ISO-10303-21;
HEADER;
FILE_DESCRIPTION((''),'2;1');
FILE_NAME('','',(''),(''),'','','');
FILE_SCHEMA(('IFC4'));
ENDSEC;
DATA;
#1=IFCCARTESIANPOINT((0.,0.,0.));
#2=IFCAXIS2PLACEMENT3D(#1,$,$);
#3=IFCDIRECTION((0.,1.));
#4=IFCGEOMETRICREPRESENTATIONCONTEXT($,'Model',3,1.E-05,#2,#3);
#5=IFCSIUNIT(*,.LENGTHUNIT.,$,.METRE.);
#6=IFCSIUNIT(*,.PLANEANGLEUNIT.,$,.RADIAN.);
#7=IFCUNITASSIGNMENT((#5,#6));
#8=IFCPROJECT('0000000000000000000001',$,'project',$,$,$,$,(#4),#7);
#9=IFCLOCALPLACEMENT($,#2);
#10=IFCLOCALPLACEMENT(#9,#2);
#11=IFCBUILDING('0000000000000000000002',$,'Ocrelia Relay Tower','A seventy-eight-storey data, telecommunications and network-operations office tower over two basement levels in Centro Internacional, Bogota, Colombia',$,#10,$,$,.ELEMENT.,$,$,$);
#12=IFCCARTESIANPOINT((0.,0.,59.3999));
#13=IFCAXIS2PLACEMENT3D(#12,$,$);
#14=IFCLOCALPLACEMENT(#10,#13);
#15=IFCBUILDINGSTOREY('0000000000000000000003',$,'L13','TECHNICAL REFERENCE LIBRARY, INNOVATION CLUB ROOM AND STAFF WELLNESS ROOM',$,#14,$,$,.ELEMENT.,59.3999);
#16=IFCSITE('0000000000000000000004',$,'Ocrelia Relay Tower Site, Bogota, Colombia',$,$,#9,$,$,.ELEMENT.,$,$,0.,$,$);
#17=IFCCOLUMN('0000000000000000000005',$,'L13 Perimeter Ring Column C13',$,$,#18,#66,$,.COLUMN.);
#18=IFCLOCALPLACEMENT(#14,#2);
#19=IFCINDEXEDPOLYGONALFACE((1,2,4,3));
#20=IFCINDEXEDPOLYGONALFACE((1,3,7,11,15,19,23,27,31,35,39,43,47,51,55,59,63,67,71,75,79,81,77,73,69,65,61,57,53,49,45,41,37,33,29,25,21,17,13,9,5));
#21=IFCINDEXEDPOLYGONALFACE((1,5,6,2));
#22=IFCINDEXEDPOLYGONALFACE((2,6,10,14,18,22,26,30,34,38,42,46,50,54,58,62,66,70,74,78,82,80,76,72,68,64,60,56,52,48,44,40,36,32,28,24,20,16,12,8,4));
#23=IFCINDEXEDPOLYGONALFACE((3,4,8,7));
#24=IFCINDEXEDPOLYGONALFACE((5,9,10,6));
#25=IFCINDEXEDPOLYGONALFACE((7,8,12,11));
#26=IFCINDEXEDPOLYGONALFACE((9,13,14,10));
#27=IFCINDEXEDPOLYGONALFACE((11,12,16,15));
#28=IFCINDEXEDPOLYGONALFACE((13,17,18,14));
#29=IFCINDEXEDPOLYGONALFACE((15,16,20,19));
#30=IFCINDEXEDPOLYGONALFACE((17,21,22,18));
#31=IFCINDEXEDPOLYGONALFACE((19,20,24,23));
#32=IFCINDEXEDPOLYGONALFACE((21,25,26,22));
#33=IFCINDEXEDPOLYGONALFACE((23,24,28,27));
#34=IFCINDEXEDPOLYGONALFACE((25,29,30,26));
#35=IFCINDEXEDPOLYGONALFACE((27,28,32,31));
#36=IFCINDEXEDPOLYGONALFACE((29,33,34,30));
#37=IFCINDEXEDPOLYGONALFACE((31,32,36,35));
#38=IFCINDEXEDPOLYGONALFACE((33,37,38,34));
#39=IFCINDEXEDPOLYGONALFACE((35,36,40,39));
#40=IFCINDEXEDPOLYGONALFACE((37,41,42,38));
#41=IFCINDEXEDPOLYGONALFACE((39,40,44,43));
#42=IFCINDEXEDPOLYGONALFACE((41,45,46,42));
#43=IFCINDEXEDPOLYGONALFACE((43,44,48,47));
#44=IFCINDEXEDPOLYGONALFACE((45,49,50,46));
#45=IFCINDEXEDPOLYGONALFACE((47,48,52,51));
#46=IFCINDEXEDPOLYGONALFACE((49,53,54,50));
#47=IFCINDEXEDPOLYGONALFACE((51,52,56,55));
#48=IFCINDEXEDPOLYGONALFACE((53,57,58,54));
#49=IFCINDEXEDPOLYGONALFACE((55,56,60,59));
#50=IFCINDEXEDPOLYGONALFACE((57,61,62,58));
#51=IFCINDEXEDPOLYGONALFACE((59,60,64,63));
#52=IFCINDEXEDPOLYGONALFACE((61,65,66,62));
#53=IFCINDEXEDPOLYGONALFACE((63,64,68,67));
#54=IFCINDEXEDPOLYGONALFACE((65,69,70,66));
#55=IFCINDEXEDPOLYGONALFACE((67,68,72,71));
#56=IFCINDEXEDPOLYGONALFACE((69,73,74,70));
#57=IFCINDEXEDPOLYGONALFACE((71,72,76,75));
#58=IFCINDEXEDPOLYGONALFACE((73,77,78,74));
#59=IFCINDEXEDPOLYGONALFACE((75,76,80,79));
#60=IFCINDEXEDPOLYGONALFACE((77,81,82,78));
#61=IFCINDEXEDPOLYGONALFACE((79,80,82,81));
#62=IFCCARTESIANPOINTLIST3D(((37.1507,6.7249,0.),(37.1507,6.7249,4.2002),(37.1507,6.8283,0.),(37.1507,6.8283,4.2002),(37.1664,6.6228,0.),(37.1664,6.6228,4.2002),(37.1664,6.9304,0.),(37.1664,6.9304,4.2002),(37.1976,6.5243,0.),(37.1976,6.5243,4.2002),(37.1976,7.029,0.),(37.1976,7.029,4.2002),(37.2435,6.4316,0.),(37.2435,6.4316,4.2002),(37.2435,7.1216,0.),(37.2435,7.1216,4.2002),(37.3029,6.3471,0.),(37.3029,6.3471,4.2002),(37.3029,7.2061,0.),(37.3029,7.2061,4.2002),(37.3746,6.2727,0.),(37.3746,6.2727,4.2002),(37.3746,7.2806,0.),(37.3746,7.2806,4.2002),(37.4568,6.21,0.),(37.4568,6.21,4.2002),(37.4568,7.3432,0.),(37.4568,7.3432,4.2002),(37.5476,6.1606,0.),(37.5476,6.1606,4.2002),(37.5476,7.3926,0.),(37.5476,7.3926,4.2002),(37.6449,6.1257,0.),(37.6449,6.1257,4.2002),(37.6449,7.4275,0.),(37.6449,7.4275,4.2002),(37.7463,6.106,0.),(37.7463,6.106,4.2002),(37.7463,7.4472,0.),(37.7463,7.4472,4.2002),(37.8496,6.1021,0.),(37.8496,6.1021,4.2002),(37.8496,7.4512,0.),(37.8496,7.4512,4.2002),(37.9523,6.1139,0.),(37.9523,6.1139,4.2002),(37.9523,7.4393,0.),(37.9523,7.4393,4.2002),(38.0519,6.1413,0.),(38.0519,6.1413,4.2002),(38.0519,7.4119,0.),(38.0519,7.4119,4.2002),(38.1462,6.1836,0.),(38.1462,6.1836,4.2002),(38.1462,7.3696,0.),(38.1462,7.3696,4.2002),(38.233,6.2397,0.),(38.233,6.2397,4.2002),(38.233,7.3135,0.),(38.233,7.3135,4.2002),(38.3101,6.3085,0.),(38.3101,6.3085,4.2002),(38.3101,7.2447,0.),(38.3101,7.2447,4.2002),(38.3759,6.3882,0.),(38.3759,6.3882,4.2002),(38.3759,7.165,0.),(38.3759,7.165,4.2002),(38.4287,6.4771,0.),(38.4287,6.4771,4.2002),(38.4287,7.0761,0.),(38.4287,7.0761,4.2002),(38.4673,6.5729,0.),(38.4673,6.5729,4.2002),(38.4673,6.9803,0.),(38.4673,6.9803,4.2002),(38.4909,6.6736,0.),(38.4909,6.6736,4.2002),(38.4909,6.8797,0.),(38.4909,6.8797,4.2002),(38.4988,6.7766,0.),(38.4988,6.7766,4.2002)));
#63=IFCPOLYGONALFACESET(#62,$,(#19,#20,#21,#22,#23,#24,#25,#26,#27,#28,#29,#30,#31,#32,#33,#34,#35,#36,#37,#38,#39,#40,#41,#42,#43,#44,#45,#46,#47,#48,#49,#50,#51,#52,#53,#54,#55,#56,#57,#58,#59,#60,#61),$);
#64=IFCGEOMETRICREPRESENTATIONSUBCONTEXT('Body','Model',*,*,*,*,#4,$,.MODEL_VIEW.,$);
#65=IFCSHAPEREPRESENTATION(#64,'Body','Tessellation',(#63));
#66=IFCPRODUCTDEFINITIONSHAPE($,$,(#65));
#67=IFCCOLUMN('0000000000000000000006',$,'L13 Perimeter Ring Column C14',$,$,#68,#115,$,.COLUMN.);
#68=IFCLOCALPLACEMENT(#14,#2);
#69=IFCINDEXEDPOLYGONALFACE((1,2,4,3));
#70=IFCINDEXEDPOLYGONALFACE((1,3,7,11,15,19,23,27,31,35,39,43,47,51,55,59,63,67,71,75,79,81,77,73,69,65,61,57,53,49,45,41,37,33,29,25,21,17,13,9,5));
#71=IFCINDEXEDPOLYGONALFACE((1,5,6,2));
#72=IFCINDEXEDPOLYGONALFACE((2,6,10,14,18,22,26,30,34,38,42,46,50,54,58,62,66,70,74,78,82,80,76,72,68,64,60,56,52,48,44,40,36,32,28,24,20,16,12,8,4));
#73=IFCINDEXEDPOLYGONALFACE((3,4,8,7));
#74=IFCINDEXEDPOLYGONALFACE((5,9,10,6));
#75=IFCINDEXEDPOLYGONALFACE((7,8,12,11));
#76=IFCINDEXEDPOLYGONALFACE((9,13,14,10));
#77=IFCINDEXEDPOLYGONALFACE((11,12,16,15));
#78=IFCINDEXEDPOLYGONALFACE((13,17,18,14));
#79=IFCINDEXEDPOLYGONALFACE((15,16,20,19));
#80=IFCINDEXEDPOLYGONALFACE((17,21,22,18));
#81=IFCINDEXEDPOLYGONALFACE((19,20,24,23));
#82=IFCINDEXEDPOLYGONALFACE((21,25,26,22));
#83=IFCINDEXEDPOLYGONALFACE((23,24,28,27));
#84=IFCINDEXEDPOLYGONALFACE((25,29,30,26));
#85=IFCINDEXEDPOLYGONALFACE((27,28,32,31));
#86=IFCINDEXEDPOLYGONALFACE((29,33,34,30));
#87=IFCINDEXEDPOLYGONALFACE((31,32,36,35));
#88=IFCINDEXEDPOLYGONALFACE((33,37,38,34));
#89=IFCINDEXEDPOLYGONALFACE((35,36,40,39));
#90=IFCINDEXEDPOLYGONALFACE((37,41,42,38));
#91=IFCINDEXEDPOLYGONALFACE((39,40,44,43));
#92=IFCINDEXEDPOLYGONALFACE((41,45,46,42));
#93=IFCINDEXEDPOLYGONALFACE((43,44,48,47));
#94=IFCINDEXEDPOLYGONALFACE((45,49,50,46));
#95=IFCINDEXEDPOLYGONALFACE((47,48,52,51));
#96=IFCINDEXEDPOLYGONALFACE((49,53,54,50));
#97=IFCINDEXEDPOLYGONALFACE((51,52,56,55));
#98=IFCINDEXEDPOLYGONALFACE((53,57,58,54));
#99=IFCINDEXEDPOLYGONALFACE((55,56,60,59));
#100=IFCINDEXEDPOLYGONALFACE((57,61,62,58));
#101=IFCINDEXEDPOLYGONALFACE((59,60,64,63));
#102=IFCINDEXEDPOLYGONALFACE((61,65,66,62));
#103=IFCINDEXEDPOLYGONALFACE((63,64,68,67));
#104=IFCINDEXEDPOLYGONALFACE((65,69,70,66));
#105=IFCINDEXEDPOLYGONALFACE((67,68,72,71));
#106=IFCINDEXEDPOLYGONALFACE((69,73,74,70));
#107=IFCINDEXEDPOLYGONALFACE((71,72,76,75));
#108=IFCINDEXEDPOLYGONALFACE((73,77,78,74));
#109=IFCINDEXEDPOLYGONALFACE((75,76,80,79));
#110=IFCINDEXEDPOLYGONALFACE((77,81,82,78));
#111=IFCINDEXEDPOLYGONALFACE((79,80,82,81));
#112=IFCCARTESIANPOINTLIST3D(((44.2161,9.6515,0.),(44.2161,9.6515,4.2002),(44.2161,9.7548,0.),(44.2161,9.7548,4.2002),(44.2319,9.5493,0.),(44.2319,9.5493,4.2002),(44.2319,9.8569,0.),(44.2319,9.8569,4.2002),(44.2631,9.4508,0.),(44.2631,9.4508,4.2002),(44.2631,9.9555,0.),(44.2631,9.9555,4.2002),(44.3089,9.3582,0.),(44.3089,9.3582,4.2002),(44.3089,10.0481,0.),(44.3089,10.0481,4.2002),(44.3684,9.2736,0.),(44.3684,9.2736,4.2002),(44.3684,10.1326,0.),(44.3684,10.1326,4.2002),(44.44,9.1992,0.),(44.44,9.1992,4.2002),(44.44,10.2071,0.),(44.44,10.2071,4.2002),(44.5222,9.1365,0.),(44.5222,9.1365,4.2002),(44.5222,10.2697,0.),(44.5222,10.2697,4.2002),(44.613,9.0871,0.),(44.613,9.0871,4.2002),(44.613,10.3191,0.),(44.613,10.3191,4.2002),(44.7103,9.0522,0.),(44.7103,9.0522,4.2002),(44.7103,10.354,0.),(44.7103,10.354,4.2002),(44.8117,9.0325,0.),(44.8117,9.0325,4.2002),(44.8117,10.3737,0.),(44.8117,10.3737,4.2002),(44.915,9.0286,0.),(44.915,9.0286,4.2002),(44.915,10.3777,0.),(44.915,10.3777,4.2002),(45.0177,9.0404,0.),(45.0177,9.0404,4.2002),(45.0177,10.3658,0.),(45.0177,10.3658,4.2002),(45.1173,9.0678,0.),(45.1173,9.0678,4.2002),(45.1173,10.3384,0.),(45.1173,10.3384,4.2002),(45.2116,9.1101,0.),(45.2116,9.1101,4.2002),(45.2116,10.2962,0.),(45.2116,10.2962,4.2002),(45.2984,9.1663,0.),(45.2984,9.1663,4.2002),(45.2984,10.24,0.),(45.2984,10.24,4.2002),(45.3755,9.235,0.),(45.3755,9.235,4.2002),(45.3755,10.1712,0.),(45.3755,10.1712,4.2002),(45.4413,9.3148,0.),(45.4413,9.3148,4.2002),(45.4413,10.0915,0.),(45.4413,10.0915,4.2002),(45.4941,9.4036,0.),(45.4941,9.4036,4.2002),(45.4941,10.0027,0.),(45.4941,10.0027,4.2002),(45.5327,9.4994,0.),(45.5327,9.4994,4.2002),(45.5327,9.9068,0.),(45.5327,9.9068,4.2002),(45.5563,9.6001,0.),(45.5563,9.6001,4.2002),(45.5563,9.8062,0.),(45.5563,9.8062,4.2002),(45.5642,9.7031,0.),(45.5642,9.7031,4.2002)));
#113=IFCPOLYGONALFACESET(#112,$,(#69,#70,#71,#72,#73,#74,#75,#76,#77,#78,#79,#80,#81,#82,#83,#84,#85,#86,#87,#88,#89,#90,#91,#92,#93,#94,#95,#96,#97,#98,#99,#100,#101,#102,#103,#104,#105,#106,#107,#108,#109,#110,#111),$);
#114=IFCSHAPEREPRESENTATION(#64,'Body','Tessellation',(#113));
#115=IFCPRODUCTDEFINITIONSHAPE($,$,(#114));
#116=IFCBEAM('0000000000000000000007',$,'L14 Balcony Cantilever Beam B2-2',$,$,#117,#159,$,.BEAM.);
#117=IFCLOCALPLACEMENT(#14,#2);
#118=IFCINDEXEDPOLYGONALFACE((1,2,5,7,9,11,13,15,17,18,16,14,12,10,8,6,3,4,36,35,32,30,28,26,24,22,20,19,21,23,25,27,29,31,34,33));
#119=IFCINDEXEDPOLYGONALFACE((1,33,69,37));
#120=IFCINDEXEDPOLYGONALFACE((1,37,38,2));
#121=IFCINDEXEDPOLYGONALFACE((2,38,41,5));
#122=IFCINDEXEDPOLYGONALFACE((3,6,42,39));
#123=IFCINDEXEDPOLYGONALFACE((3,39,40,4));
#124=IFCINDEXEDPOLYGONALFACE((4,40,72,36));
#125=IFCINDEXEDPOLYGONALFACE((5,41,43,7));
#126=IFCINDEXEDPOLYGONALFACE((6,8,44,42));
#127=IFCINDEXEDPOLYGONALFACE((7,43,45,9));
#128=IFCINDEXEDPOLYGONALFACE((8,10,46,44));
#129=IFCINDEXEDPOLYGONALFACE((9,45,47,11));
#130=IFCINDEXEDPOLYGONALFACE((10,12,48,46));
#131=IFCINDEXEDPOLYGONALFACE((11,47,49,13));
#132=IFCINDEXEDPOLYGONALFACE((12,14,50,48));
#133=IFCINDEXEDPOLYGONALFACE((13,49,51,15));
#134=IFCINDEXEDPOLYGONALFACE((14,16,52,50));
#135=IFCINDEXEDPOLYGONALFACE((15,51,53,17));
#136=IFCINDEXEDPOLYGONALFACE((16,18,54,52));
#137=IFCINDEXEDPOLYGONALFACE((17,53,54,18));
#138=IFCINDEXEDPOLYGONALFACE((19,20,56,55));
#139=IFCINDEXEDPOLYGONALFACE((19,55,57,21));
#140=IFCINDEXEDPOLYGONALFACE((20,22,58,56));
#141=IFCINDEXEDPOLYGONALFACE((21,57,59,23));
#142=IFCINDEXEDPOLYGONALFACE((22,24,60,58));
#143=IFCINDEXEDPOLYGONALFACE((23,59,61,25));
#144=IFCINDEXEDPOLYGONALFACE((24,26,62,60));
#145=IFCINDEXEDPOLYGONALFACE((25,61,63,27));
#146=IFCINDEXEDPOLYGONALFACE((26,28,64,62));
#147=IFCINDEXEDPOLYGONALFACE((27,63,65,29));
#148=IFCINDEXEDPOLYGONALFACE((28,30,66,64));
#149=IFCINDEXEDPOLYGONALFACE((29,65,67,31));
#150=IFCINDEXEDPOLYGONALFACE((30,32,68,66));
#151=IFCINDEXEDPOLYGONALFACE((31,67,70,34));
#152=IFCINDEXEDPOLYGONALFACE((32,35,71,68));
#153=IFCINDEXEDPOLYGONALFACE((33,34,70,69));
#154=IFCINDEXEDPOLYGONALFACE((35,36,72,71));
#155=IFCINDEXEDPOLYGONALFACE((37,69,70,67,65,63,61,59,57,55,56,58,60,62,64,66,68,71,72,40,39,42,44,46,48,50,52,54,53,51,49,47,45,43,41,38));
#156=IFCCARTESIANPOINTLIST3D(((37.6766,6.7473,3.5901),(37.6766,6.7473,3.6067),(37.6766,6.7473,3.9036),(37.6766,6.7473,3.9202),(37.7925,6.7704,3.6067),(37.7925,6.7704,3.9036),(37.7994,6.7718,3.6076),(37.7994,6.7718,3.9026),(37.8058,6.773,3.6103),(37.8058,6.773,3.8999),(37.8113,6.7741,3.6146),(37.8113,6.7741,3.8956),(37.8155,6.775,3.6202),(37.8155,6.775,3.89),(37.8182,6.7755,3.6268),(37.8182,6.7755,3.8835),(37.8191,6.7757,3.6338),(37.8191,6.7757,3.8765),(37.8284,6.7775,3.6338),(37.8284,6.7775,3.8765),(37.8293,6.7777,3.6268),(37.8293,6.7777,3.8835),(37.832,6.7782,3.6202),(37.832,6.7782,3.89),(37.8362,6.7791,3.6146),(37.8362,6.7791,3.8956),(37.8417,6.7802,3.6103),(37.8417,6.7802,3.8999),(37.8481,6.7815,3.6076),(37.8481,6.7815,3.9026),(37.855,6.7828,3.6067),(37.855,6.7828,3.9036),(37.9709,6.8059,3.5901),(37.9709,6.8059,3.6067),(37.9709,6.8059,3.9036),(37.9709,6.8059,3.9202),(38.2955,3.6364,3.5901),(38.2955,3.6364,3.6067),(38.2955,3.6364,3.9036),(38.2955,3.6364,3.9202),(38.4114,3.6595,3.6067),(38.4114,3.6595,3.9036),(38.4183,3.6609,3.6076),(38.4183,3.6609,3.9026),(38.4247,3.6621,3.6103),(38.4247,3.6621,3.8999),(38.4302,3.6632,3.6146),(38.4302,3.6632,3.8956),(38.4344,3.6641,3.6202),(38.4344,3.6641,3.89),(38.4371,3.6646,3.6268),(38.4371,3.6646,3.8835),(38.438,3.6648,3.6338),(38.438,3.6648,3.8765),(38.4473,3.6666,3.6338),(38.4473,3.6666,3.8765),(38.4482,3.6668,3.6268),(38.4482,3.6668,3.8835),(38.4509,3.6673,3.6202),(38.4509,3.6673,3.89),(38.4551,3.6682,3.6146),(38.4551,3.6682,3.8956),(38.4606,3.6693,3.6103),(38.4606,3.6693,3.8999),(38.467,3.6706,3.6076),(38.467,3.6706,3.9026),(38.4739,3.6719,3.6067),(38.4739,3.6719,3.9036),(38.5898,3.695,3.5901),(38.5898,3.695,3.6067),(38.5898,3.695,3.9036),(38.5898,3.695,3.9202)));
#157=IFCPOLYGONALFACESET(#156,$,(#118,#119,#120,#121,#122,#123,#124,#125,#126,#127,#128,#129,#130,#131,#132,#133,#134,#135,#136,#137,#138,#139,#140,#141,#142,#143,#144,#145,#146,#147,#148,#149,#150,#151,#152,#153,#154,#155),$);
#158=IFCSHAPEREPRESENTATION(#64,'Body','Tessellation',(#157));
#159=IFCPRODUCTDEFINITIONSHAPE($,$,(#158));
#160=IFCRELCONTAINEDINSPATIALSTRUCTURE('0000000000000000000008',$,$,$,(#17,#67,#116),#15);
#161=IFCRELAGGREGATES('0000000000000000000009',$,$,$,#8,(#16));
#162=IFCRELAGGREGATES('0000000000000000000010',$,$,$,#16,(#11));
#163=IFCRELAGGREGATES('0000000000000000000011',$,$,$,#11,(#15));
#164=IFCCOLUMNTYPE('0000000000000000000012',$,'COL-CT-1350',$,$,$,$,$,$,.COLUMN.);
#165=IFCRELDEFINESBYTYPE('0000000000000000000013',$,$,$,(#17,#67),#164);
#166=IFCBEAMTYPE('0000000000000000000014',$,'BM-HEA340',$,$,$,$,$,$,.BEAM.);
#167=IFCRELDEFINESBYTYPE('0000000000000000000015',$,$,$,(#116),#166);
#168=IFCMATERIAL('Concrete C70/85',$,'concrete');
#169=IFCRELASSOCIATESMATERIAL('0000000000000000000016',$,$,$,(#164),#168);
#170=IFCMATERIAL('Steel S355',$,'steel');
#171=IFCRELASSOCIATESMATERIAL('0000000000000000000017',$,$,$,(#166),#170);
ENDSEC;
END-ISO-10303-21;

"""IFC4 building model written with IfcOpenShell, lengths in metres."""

from ifc_helpers import new_model, si_unit, direction, frame, origin, origin_2d, place, context, subcontext, project, spatial, circle, i_section, extrude, material, material_profile, profile_set, type_object, element, save


model = new_model("IFC4")

# Units and contexts
model_context = context("Model", 3, precision=1e-05, world=origin(), true_north=direction((0.0, 1.0)))
body_context = subcontext(model_context, "Body", "Model", "MODEL_VIEW")
ifc_project = project(units=[si_unit("LENGTHUNIT", "METRE"), si_unit("PLANEANGLEUNIT", "RADIAN")], contexts=[model_context])

# Site, building, storey
site_placement = place(None, origin())
site = spatial("IfcSite", under=ifc_project, at=site_placement, Name="Ocrelia Relay Tower Site, Bogota, Colombia", CompositionType="ELEMENT", RefElevation=0.0)
building_placement = place(site_placement, origin())
building = spatial("IfcBuilding", under=site, at=building_placement, Name="Ocrelia Relay Tower", Description="A seventy-eight-storey data, telecommunications and network-operations office tower over two basement levels in Centro Internacional, Bogota, Colombia", CompositionType="ELEMENT")
storey_placement = place(building_placement, frame((0.0, 0.0, 59.3999)))
storey = spatial("IfcBuildingStorey", under=building, at=storey_placement, Name="L13", Description="TECHNICAL REFERENCE LIBRARY, INNOVATION CLUB ROOM AND STAFF WELLNESS ROOM", CompositionType="ELEMENT", Elevation=59.3999)

# Columns
ifc_material_1 = material(Name="Concrete C70/85", Category="concrete")
ifc_material_profile_1 = material_profile(ifc_material_1, circle(Radius=0.675, at=origin_2d()), Name="RC-CIR-1350")
ifc_profile_set_1 = profile_set([ifc_material_profile_1], Name="Concrete C70/85")
column_type = type_object("IfcColumnType", Name="COL-CT-1350", PredefinedType="COLUMN", material=ifc_profile_set_1)
for number, where, z_axis, x_axis, name in (
    (1, (37.8237, 6.7766, 0.0), (0.0, 0.0, 1.0), (1.0, 0.0, 0.0), "L13 Perimeter Ring Column C13"),
    (2, (44.8892, 9.7031, 0.0), (0.0, 0.0, 1.0), (1.0, 0.0, 0.0), "L13 Perimeter Ring Column C14"),
):
    element("IfcColumn", number, at=place(storey_placement, frame(where, z_axis=z_axis, x_axis=x_axis)), inside=storey, type_object=column_type, Name=name, PredefinedType="COLUMN", context=body_context, shape_type="SweptSolid", body=[
        extrude(circle(Radius=0.675, at=origin_2d()), origin(), (0.0, 0.0, 1.0), 4.2002),
    ])

# Beam
ifc_material_2 = material(Name="Steel S355", Category="steel")
ifc_material_profile_2 = material_profile(ifc_material_2, i_section(OverallWidth=0.3, OverallDepth=0.3301, WebThickness=0.0095, FlangeThickness=0.0166, FilletRadius=0.0271, at=origin_2d()), Name="HEA 340")
ifc_profile_set_2 = profile_set([ifc_material_profile_2], Name="Steel S355")
beam_type_1 = type_object("IfcBeamType", Name="BM-HEA340", PredefinedType="BEAM", material=ifc_profile_set_2)
beam_1_placement = place(storey_placement, frame((37.8237, 6.7766, 3.7551), z_axis=(0.195124, -0.980779, 0.0), x_axis=(0.980779, 0.195124, 0.0)))
element("IfcBeam", 3, at=beam_1_placement, inside=storey, type_object=beam_type_1, Name="L14 Balcony Cantilever Beam B2-2", PredefinedType="BEAM", context=body_context, shape_type="SweptSolid", body=[
    extrude(i_section(OverallWidth=0.3, OverallDepth=0.3301, WebThickness=0.0095, FlangeThickness=0.0166, FilletRadius=0.0271, at=origin_2d()), origin(), (0.0, 0.0, 1.0), 3.1719),
])

save(model, "model.ifc")
